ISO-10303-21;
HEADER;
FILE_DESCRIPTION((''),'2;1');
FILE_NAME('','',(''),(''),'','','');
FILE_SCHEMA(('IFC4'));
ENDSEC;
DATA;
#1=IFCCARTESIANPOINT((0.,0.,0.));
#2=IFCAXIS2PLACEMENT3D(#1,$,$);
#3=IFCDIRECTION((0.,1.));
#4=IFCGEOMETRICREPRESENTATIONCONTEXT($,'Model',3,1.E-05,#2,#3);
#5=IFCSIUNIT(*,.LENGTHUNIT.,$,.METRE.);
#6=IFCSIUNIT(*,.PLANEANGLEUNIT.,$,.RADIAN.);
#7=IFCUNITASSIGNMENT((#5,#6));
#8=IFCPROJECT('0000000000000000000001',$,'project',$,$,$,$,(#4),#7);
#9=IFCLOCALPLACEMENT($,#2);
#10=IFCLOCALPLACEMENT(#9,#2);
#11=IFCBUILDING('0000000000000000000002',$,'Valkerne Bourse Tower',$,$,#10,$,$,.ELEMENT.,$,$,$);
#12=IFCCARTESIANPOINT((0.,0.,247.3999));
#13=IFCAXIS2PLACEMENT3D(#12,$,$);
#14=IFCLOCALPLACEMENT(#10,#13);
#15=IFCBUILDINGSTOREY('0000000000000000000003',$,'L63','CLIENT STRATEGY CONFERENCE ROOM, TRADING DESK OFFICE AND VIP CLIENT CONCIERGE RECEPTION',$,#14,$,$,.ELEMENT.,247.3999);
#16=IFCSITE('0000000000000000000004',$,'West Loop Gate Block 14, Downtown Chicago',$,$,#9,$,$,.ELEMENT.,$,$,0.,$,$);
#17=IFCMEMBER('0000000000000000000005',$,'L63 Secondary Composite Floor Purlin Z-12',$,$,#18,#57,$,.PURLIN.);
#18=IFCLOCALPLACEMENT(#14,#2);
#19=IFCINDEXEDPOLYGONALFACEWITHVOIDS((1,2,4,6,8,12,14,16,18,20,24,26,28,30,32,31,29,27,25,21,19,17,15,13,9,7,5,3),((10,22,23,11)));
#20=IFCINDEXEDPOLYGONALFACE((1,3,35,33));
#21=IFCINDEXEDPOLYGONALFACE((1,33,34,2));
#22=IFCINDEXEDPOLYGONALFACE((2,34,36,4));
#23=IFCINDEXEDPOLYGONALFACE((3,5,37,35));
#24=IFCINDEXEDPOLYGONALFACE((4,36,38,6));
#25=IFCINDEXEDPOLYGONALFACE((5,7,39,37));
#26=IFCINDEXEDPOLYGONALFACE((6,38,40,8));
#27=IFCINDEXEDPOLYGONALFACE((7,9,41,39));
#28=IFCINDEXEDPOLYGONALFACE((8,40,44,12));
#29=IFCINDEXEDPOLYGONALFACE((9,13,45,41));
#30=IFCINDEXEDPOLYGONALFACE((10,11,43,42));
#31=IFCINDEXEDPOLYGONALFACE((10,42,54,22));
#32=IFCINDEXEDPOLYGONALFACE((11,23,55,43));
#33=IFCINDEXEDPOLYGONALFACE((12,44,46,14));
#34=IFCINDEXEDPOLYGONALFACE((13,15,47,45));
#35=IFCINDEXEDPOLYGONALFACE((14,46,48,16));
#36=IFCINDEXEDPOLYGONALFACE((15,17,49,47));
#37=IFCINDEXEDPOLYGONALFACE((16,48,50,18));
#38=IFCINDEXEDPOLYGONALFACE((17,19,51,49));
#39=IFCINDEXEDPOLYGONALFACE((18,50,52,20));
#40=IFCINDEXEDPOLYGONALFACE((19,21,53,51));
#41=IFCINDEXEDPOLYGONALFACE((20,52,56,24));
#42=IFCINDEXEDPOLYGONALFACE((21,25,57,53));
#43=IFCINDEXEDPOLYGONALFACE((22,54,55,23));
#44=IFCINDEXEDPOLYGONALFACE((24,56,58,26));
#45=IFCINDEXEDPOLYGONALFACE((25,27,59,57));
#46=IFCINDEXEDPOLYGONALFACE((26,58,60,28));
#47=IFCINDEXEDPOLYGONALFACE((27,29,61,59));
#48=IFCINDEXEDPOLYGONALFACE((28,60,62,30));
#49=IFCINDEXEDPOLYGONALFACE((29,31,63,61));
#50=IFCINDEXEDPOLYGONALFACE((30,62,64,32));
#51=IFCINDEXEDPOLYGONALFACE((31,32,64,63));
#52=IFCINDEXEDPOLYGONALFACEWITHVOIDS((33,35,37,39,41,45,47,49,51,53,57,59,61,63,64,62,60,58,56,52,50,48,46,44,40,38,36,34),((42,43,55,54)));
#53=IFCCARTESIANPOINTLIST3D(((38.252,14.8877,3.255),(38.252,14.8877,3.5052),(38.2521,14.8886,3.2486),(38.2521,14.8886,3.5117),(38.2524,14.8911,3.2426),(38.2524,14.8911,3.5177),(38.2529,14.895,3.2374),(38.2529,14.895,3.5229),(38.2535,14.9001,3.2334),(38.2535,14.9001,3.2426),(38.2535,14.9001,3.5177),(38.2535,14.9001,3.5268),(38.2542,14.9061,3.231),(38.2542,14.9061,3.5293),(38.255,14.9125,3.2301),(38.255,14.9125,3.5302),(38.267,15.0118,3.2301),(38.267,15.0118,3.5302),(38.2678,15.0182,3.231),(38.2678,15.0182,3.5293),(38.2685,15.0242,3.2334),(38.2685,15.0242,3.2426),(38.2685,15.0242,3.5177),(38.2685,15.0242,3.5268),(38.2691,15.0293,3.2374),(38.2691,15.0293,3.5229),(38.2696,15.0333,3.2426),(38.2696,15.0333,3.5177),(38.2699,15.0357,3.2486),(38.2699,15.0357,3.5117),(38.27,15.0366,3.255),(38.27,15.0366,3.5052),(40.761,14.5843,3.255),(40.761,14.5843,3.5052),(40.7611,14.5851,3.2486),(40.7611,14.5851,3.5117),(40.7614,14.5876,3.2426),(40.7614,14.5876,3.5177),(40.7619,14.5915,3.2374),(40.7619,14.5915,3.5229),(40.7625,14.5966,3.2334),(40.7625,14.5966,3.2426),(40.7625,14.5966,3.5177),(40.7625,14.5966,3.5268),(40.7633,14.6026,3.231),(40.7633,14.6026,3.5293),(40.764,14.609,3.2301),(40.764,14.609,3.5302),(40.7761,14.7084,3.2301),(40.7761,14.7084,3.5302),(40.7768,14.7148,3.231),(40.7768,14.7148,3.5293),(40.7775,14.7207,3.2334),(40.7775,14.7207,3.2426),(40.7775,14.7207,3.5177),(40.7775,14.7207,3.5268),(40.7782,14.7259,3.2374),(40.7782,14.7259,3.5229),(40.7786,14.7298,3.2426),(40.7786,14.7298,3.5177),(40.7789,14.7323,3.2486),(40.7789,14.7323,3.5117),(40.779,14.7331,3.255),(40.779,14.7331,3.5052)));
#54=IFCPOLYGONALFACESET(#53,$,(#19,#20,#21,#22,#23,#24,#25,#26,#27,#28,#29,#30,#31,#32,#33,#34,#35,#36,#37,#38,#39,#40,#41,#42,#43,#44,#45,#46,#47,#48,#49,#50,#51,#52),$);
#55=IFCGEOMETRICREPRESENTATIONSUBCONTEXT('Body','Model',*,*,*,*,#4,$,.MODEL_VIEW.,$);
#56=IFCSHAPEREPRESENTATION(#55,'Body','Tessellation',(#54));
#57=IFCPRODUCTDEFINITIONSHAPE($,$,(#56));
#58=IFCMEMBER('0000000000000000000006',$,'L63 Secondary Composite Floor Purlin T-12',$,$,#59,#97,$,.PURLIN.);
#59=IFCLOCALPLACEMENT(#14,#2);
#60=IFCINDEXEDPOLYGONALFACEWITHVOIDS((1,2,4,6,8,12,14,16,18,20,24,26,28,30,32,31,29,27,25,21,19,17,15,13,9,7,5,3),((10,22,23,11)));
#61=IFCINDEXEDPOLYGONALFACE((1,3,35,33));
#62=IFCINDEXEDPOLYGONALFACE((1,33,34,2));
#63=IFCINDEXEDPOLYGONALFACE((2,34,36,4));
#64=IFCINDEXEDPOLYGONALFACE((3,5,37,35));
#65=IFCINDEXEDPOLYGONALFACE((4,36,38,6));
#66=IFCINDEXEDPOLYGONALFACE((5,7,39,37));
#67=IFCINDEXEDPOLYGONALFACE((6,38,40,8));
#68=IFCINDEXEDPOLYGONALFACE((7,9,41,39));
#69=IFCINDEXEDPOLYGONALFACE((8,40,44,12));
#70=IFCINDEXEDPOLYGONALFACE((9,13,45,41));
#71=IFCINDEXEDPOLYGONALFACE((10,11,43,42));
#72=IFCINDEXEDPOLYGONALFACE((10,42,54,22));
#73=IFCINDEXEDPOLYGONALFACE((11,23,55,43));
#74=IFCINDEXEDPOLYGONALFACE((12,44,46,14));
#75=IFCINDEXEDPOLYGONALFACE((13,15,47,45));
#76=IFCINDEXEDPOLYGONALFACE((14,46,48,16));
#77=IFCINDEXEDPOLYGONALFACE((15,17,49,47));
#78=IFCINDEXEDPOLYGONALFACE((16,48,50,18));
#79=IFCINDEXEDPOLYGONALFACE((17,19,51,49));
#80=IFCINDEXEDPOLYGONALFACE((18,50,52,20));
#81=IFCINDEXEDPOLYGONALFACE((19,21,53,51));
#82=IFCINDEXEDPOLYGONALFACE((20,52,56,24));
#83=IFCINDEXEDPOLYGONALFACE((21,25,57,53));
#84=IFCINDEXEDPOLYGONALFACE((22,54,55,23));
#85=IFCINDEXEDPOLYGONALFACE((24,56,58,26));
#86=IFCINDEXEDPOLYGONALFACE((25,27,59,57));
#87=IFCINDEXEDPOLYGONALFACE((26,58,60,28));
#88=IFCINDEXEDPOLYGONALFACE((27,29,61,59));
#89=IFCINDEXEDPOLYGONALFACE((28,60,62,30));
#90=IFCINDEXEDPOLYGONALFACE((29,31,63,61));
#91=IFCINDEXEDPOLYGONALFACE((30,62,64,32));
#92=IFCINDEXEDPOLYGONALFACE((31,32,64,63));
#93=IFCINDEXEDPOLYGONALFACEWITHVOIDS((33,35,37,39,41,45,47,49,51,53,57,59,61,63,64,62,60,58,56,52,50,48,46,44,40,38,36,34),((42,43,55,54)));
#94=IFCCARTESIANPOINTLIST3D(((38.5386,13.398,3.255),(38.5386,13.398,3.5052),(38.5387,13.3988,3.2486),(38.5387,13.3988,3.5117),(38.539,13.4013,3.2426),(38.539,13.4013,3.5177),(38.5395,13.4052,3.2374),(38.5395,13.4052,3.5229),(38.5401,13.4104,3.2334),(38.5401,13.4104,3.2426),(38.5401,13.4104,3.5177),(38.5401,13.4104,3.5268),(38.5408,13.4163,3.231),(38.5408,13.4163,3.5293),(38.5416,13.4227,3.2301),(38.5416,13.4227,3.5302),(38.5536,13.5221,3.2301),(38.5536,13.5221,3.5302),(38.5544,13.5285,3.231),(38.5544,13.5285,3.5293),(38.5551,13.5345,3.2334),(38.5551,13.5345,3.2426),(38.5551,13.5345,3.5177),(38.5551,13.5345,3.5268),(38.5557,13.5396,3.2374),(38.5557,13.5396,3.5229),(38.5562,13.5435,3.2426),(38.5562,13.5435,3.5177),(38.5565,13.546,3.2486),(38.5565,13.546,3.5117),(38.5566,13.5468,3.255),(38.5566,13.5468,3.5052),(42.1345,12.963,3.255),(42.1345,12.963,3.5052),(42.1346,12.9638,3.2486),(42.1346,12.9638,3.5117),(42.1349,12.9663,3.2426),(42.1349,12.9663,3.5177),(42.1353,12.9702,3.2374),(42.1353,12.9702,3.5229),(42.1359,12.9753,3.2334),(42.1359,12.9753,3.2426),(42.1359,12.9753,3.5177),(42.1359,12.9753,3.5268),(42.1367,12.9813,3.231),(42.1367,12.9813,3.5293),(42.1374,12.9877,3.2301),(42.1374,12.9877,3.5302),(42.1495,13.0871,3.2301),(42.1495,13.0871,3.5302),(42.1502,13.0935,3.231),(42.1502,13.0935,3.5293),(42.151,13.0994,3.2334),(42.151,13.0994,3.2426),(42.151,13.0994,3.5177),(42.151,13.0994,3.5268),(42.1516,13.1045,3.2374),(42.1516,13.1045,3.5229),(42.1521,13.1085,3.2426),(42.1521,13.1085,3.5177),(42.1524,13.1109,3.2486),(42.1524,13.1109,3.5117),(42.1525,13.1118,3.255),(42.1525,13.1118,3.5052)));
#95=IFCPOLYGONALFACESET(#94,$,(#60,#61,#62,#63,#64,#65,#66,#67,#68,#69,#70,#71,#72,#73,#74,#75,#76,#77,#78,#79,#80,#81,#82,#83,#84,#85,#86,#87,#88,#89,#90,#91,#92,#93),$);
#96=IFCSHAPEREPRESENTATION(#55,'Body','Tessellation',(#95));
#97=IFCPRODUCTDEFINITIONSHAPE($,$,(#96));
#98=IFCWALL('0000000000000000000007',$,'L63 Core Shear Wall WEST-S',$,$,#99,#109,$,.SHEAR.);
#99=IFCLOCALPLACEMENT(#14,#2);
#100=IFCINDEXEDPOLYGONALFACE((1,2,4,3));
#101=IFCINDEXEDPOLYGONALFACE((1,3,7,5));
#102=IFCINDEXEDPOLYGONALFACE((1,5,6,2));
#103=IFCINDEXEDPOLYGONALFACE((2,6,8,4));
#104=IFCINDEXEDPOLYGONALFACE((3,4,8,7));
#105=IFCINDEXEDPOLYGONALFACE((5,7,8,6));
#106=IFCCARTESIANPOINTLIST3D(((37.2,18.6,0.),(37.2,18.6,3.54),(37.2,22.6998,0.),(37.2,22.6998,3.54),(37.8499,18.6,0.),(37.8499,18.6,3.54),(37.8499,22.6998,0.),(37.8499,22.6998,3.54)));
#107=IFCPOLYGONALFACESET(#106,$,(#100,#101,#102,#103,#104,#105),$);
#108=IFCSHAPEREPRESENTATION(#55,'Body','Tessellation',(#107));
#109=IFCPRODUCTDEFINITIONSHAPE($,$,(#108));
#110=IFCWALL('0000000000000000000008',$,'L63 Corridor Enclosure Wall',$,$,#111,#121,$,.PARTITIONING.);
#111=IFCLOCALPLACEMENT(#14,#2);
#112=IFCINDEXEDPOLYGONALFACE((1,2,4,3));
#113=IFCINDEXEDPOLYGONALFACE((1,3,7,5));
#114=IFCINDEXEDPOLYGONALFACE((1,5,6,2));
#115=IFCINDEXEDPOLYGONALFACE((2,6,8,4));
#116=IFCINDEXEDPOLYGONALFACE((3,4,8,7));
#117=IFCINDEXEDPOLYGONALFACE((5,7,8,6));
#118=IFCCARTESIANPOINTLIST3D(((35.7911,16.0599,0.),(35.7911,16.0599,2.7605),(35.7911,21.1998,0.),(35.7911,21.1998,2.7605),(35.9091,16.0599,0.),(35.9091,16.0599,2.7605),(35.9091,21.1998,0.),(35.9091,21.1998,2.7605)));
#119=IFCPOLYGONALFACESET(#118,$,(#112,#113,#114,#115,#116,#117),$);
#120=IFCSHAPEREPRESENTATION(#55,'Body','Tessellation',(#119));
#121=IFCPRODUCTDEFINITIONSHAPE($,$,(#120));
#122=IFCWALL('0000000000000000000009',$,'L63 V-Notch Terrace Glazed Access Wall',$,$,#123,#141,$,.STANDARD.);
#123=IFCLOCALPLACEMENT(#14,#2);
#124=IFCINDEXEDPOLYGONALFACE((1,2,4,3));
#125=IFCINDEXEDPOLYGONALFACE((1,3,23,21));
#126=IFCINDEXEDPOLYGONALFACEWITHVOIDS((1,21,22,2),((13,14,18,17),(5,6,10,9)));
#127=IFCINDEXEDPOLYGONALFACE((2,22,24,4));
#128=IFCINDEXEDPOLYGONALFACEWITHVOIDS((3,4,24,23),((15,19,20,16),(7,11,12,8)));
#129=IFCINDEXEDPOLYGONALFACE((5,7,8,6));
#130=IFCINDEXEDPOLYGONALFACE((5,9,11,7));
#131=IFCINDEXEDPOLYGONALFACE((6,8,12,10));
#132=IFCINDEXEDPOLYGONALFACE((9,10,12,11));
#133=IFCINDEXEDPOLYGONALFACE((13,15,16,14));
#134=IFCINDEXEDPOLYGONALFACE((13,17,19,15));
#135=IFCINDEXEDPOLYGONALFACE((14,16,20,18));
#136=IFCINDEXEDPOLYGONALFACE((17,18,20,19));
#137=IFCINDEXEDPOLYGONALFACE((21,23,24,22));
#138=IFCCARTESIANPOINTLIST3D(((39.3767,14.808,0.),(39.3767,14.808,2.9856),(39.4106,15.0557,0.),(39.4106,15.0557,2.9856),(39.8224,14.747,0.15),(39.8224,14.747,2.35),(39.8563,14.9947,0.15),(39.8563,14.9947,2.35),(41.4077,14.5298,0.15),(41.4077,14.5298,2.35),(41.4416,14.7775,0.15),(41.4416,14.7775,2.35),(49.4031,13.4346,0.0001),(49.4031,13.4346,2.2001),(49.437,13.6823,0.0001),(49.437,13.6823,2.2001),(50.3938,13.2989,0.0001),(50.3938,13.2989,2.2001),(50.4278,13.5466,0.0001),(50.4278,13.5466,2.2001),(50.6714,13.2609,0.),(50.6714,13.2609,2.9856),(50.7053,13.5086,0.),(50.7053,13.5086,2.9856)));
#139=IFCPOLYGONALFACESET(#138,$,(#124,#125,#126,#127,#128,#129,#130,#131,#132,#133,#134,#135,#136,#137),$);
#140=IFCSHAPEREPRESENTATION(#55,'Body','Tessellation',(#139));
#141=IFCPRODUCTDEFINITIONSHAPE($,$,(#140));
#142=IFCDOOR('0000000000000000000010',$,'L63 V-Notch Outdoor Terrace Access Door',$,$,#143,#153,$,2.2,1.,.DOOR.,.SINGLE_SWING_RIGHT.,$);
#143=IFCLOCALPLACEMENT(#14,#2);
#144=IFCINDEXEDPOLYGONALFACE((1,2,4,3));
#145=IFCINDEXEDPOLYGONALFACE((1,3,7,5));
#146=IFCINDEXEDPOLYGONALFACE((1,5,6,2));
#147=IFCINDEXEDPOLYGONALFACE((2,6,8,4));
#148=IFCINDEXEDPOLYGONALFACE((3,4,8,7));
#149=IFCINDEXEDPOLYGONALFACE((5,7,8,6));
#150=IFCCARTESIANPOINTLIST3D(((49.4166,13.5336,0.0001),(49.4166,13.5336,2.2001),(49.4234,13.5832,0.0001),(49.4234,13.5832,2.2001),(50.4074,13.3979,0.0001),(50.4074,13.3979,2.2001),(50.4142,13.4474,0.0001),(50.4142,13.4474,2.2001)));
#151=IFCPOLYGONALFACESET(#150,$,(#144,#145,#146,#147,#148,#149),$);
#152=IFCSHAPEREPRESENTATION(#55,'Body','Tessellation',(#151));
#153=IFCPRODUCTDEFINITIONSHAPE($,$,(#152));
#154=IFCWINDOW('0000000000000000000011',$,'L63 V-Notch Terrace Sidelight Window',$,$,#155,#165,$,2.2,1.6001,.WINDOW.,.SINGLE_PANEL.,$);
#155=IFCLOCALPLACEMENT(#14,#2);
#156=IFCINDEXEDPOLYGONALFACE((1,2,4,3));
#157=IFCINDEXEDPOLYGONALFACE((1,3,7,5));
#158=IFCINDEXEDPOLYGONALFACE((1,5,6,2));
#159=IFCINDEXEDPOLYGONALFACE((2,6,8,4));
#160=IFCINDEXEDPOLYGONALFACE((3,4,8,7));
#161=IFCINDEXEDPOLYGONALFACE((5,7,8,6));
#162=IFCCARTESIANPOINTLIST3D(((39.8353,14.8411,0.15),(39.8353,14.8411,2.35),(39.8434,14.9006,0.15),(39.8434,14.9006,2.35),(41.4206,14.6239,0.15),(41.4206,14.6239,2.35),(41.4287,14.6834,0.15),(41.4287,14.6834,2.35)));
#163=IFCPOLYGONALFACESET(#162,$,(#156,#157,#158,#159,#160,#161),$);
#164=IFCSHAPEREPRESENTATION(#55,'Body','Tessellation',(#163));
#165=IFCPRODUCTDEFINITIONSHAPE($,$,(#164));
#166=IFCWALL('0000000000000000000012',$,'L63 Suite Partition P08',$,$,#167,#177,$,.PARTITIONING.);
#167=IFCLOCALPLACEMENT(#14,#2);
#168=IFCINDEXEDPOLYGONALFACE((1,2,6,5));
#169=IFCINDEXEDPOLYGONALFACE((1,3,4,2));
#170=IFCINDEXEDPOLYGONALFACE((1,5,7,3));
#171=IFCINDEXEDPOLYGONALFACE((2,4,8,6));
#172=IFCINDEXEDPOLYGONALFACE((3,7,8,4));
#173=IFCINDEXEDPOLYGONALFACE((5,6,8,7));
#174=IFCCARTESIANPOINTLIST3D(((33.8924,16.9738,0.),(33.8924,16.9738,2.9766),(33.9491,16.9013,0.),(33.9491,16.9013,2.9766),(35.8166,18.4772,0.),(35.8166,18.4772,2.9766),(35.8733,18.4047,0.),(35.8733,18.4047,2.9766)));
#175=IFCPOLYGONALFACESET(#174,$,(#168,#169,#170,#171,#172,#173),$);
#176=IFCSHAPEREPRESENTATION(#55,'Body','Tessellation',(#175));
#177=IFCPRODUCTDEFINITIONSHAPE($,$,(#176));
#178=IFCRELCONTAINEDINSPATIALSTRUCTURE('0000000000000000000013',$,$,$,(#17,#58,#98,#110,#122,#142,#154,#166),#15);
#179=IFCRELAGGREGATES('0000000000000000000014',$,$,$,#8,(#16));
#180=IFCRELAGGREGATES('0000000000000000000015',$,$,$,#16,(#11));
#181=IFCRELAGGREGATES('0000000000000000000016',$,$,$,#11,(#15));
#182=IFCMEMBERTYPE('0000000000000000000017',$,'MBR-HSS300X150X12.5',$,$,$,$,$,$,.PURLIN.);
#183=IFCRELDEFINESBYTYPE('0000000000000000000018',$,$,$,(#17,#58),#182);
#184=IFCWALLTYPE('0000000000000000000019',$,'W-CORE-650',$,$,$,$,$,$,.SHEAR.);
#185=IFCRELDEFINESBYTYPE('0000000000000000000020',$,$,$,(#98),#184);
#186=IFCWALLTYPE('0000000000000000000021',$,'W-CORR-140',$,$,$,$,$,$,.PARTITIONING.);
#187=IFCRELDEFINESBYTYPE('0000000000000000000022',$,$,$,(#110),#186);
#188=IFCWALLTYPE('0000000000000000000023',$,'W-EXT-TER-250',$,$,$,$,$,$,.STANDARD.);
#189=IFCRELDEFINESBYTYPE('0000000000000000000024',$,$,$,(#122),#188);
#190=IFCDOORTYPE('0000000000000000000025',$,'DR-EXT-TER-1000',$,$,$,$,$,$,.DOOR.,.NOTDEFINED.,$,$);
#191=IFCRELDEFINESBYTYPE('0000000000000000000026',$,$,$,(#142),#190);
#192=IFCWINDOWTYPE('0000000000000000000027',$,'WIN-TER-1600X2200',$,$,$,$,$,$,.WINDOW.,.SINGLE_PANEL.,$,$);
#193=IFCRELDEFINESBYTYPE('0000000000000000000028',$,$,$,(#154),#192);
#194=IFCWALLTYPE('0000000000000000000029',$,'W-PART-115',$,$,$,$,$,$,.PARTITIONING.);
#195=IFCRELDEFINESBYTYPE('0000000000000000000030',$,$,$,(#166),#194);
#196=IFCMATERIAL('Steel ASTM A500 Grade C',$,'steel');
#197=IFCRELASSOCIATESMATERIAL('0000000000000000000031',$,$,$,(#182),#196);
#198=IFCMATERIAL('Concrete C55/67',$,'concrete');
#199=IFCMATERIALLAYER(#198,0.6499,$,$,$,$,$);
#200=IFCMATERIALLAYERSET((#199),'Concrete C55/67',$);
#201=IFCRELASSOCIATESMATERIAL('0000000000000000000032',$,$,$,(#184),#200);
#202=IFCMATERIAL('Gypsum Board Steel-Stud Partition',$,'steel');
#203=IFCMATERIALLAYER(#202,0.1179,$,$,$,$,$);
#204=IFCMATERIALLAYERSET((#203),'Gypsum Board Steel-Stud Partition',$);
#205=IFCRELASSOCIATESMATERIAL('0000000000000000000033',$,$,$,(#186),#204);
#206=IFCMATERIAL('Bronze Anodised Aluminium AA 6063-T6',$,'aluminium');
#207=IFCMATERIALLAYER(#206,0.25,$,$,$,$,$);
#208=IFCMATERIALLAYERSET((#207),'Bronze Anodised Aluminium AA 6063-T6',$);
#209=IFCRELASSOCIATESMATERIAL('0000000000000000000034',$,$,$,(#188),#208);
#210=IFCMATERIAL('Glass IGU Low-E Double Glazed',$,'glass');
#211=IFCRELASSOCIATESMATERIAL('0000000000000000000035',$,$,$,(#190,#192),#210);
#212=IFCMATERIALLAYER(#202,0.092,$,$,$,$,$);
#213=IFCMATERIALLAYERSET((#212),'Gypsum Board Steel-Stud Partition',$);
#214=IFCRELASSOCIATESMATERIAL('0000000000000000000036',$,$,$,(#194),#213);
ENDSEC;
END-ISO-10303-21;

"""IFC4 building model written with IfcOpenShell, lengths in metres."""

from ifc_helpers import new_model, si_unit, direction, frame, frame_2d, origin, origin_2d, place, context, subcontext, project, spatial, rectangle, hollow_rectangle, extrude, material, layer, layer_set, material_profile, profile_set, type_object, element, fill, save


model = new_model("IFC4")

# Units and contexts
model_context = context("Model", 3, precision=1e-05, world=origin(), true_north=direction((0.0, 1.0)))
body_context = subcontext(model_context, "Body", "Model", "MODEL_VIEW")
ifc_project = project(units=[si_unit("LENGTHUNIT", "METRE"), si_unit("PLANEANGLEUNIT", "RADIAN")], contexts=[model_context])

# Site, building, storey
site_placement = place(None, origin())
site = spatial("IfcSite", under=ifc_project, at=site_placement, Name="West Loop Gate Block 14, Downtown Chicago", CompositionType="ELEMENT", RefElevation=0.0)
building_placement = place(site_placement, origin())
building = spatial("IfcBuilding", under=site, at=building_placement, Name="Valkerne Bourse Tower", CompositionType="ELEMENT")
storey_placement = place(building_placement, frame((0.0, 0.0, 247.3999)))
storey = spatial("IfcBuildingStorey", under=building, at=storey_placement, Name="L63", Description="CLIENT STRATEGY CONFERENCE ROOM, TRADING DESK OFFICE AND VIP CLIENT CONCIERGE RECEPTION", CompositionType="ELEMENT", Elevation=247.3999)

# Members
ifc_material_1 = material(Name="Steel ASTM A500 Grade C", Category="steel")
ifc_material_profile_1 = material_profile(ifc_material_1, hollow_rectangle(XDim=0.1499, YDim=0.3, WallThickness=0.0125, OuterFilletRadius=0.0249, at=origin_2d()), Name="HSS300X150X12.5")
ifc_profile_set_1 = profile_set([ifc_material_profile_1], Name="Steel ASTM A500 Grade C")
member_type = type_object("IfcMemberType", Name="MBR-HSS300X150X12.5", PredefinedType="PURLIN", material=ifc_profile_set_1)
member_1_placement = place(storey_placement, frame((38.261, 14.9622, 3.3801), z_axis=(0.992765, -0.120075, 0.0), x_axis=(0.120075, 0.992765, 0.0)))
element("IfcMember", 1, at=member_1_placement, inside=storey, type_object=member_type, Name="L63 Secondary Composite Floor Purlin Z-12", PredefinedType="PURLIN", context=body_context, shape_type="SweptSolid", body=[
    extrude(hollow_rectangle(XDim=0.1499, YDim=0.3, WallThickness=0.0125, OuterFilletRadius=0.0249, at=origin_2d()), origin(), (0.0, 0.0, 1.0), 2.5273),
])
member_2_placement = place(storey_placement, frame((38.5476, 13.4724, 3.3801), z_axis=(0.992761, -0.12011, 0.0), x_axis=(0.12011, 0.992761, 0.0)))
element("IfcMember", 2, at=member_2_placement, inside=storey, type_object=member_type, Name="L63 Secondary Composite Floor Purlin T-12", PredefinedType="PURLIN", context=body_context, shape_type="SweptSolid", body=[
    extrude(hollow_rectangle(XDim=0.1499, YDim=0.3, WallThickness=0.0125, OuterFilletRadius=0.0249, at=origin_2d()), origin(), (0.0, 0.0, 1.0), 3.6221),
])

# Shared definitions
ifc_material_2 = material(Name="Concrete C55/67", Category="concrete")
ifc_layer_1 = layer(ifc_material_2, 0.6499)
ifc_layer_set_1 = layer_set([ifc_layer_1], Name="Concrete C55/67")
wall_type_1 = type_object("IfcWallType", Name="W-CORE-650", PredefinedType="SHEAR", material=ifc_layer_set_1)

# Walls
wall_1_placement = place(storey_placement, frame((37.5249, 18.6001, 0.0), z_axis=(0.0, 0.0, 1.0), x_axis=(0.0, 1.0, 0.0)))
element("IfcWall", 3, at=wall_1_placement, inside=storey, type_object=wall_type_1, Name="L63 Core Shear Wall WEST-S", PredefinedType="SHEAR", context=body_context, shape_type="SweptSolid", body=[
    extrude(rectangle(XDim=4.0999, YDim=0.6499, at=frame_2d((2.0498, 0.0))), origin(), (0.0, 0.0, 1.0), 3.54),
])
ifc_material_3 = material(Name="Gypsum Board Steel-Stud Partition", Category="steel")
ifc_layer_2 = layer(ifc_material_3, 0.1179)
ifc_layer_set_2 = layer_set([ifc_layer_2], Name="Gypsum Board Steel-Stud Partition")
wall_type_2 = type_object("IfcWallType", Name="W-CORR-140", PredefinedType="PARTITIONING", material=ifc_layer_set_2)
wall_2_placement = place(storey_placement, frame((35.8501, 16.0601, 0.0), z_axis=(0.0, 0.0, 1.0), x_axis=(0.0, 1.0, 0.0)))
element("IfcWall", 4, at=wall_2_placement, inside=storey, type_object=wall_type_2, Name="L63 Corridor Enclosure Wall", PredefinedType="PARTITIONING", context=body_context, shape_type="SweptSolid", body=[
    extrude(rectangle(XDim=5.1399, YDim=0.1179, at=frame_2d((2.5698, 0.0))), origin(), (0.0, 0.0, 1.0), 2.7605),
])

# Wall, openings, door, window
ifc_material_4 = material(Name="Bronze Anodised Aluminium AA 6063-T6", Category="aluminium")
ifc_layer_3 = layer(ifc_material_4, 0.25)
ifc_layer_set_3 = layer_set([ifc_layer_3], Name="Bronze Anodised Aluminium AA 6063-T6")
wall_type_3 = type_object("IfcWallType", Name="W-EXT-TER-250", PredefinedType="STANDARD", material=ifc_layer_set_3)
wall_3_placement = place(storey_placement, frame((39.3936, 14.9319, 0.0), z_axis=(0.0, 0.0, 1.0), x_axis=(0.990749, -0.13571, 0.0)))
wall_3 = element("IfcWall", 5, at=wall_3_placement, inside=storey, type_object=wall_type_3, Name="L63 V-Notch Terrace Glazed Access Wall", PredefinedType="STANDARD", context=body_context, shape_type="SweptSolid", body=[
    extrude(rectangle(XDim=11.4001, YDim=0.25, at=frame_2d((5.7002, 0.0))), origin(), (0.0, 0.0, 1.0), 2.9856),
])
opening_1_placement = place(wall_3_placement, frame((10.1201, 0.0, 0.0)))
opening_1 = element("IfcOpeningElement", 6, at=opening_1_placement, cuts=wall_3, PredefinedType="OPENING", context=body_context, shape_type="SweptSolid", body=[
    extrude(rectangle(XDim=1.0, YDim=2.2, at=frame_2d((0.5, 1.1001))), frame((0.0, 0.135, 0.0), z_axis=(0.0, -1.0, 0.0), x_axis=(1.0, 0.0, 0.0)), (0.0, 0.0, 1.0), 0.27),
])
opening_2_placement = place(wall_3_placement, frame((0.45, 0.0, 0.1499)))
opening_2 = element("IfcOpeningElement", 7, at=opening_2_placement, cuts=wall_3, PredefinedType="OPENING", context=body_context, shape_type="SweptSolid", body=[
    extrude(rectangle(XDim=1.6001, YDim=2.2, at=frame_2d((0.8, 1.1001))), frame((0.0, 0.135, 0.0), z_axis=(0.0, -1.0, 0.0), x_axis=(1.0, 0.0, 0.0)), (0.0, 0.0, 1.0), 0.27),
])
ifc_material_5 = material(Name="Glass IGU Low-E Double Glazed", Category="glass")
door_type_1 = type_object("IfcDoorType", Name="DR-EXT-TER-1000", OperationType="NOTDEFINED", PredefinedType="DOOR", material=ifc_material_5)
door_1_placement = place(opening_1_placement, origin())
door_1 = element("IfcDoor", 8, at=door_1_placement, inside=storey, type_object=door_type_1, Name="L63 V-Notch Outdoor Terrace Access Door", OperationType="SINGLE_SWING_RIGHT", OverallHeight=2.2, OverallWidth=1.0, PredefinedType="DOOR", context=body_context, shape_type="SweptSolid", body=[
    extrude(rectangle(XDim=1.0, YDim=2.2, at=frame_2d((0.5, 1.1001))), frame((0.0, 0.0249, 0.0), z_axis=(0.0, -1.0, 0.0), x_axis=(1.0, 0.0, 0.0)), (0.0, 0.0, 1.0), 0.05),
])
fill(opening_1, door_1)
window_type = type_object("IfcWindowType", Name="WIN-TER-1600X2200", PartitioningType="SINGLE_PANEL", PredefinedType="WINDOW", material=ifc_material_5)
window_placement = place(opening_2_placement, origin())
window = element("IfcWindow", 9, at=window_placement, inside=storey, type_object=window_type, Name="L63 V-Notch Terrace Sidelight Window", OverallHeight=2.2, OverallWidth=1.6001, PartitioningType="SINGLE_PANEL", PredefinedType="WINDOW", context=body_context, shape_type="SweptSolid", body=[
    extrude(rectangle(XDim=1.6001, YDim=2.2, at=frame_2d((0.8, 1.1001))), frame((0.0, 0.03, 0.0), z_axis=(0.0, -1.0, 0.0), x_axis=(1.0, 0.0, 0.0)), (0.0, 0.0, 1.0), 0.0601),
])
fill(opening_2, window)

# Wall
ifc_layer_4 = layer(ifc_material_3, 0.092)
ifc_layer_set_4 = layer_set([ifc_layer_4], Name="Gypsum Board Steel-Stud Partition")
wall_type_4 = type_object("IfcWallType", Name="W-PART-115", PredefinedType="PARTITIONING", material=ifc_layer_set_4)
wall_4_placement = place(storey_placement, frame((35.845, 18.4409, 0.0), z_axis=(0.0, 0.0, 1.0), x_axis=(-0.788015, -0.615656, 0.0)))
element("IfcWall", 10, at=wall_4_placement, inside=storey, type_object=wall_type_4, Name="L63 Suite Partition P08", PredefinedType="PARTITIONING", context=body_context, shape_type="SweptSolid", body=[
    extrude(rectangle(XDim=2.4419, YDim=0.092, at=frame_2d((1.2209, 0.0))), origin(), (0.0, 0.0, 1.0), 2.9766),
])

save(model, "model.ifc")
